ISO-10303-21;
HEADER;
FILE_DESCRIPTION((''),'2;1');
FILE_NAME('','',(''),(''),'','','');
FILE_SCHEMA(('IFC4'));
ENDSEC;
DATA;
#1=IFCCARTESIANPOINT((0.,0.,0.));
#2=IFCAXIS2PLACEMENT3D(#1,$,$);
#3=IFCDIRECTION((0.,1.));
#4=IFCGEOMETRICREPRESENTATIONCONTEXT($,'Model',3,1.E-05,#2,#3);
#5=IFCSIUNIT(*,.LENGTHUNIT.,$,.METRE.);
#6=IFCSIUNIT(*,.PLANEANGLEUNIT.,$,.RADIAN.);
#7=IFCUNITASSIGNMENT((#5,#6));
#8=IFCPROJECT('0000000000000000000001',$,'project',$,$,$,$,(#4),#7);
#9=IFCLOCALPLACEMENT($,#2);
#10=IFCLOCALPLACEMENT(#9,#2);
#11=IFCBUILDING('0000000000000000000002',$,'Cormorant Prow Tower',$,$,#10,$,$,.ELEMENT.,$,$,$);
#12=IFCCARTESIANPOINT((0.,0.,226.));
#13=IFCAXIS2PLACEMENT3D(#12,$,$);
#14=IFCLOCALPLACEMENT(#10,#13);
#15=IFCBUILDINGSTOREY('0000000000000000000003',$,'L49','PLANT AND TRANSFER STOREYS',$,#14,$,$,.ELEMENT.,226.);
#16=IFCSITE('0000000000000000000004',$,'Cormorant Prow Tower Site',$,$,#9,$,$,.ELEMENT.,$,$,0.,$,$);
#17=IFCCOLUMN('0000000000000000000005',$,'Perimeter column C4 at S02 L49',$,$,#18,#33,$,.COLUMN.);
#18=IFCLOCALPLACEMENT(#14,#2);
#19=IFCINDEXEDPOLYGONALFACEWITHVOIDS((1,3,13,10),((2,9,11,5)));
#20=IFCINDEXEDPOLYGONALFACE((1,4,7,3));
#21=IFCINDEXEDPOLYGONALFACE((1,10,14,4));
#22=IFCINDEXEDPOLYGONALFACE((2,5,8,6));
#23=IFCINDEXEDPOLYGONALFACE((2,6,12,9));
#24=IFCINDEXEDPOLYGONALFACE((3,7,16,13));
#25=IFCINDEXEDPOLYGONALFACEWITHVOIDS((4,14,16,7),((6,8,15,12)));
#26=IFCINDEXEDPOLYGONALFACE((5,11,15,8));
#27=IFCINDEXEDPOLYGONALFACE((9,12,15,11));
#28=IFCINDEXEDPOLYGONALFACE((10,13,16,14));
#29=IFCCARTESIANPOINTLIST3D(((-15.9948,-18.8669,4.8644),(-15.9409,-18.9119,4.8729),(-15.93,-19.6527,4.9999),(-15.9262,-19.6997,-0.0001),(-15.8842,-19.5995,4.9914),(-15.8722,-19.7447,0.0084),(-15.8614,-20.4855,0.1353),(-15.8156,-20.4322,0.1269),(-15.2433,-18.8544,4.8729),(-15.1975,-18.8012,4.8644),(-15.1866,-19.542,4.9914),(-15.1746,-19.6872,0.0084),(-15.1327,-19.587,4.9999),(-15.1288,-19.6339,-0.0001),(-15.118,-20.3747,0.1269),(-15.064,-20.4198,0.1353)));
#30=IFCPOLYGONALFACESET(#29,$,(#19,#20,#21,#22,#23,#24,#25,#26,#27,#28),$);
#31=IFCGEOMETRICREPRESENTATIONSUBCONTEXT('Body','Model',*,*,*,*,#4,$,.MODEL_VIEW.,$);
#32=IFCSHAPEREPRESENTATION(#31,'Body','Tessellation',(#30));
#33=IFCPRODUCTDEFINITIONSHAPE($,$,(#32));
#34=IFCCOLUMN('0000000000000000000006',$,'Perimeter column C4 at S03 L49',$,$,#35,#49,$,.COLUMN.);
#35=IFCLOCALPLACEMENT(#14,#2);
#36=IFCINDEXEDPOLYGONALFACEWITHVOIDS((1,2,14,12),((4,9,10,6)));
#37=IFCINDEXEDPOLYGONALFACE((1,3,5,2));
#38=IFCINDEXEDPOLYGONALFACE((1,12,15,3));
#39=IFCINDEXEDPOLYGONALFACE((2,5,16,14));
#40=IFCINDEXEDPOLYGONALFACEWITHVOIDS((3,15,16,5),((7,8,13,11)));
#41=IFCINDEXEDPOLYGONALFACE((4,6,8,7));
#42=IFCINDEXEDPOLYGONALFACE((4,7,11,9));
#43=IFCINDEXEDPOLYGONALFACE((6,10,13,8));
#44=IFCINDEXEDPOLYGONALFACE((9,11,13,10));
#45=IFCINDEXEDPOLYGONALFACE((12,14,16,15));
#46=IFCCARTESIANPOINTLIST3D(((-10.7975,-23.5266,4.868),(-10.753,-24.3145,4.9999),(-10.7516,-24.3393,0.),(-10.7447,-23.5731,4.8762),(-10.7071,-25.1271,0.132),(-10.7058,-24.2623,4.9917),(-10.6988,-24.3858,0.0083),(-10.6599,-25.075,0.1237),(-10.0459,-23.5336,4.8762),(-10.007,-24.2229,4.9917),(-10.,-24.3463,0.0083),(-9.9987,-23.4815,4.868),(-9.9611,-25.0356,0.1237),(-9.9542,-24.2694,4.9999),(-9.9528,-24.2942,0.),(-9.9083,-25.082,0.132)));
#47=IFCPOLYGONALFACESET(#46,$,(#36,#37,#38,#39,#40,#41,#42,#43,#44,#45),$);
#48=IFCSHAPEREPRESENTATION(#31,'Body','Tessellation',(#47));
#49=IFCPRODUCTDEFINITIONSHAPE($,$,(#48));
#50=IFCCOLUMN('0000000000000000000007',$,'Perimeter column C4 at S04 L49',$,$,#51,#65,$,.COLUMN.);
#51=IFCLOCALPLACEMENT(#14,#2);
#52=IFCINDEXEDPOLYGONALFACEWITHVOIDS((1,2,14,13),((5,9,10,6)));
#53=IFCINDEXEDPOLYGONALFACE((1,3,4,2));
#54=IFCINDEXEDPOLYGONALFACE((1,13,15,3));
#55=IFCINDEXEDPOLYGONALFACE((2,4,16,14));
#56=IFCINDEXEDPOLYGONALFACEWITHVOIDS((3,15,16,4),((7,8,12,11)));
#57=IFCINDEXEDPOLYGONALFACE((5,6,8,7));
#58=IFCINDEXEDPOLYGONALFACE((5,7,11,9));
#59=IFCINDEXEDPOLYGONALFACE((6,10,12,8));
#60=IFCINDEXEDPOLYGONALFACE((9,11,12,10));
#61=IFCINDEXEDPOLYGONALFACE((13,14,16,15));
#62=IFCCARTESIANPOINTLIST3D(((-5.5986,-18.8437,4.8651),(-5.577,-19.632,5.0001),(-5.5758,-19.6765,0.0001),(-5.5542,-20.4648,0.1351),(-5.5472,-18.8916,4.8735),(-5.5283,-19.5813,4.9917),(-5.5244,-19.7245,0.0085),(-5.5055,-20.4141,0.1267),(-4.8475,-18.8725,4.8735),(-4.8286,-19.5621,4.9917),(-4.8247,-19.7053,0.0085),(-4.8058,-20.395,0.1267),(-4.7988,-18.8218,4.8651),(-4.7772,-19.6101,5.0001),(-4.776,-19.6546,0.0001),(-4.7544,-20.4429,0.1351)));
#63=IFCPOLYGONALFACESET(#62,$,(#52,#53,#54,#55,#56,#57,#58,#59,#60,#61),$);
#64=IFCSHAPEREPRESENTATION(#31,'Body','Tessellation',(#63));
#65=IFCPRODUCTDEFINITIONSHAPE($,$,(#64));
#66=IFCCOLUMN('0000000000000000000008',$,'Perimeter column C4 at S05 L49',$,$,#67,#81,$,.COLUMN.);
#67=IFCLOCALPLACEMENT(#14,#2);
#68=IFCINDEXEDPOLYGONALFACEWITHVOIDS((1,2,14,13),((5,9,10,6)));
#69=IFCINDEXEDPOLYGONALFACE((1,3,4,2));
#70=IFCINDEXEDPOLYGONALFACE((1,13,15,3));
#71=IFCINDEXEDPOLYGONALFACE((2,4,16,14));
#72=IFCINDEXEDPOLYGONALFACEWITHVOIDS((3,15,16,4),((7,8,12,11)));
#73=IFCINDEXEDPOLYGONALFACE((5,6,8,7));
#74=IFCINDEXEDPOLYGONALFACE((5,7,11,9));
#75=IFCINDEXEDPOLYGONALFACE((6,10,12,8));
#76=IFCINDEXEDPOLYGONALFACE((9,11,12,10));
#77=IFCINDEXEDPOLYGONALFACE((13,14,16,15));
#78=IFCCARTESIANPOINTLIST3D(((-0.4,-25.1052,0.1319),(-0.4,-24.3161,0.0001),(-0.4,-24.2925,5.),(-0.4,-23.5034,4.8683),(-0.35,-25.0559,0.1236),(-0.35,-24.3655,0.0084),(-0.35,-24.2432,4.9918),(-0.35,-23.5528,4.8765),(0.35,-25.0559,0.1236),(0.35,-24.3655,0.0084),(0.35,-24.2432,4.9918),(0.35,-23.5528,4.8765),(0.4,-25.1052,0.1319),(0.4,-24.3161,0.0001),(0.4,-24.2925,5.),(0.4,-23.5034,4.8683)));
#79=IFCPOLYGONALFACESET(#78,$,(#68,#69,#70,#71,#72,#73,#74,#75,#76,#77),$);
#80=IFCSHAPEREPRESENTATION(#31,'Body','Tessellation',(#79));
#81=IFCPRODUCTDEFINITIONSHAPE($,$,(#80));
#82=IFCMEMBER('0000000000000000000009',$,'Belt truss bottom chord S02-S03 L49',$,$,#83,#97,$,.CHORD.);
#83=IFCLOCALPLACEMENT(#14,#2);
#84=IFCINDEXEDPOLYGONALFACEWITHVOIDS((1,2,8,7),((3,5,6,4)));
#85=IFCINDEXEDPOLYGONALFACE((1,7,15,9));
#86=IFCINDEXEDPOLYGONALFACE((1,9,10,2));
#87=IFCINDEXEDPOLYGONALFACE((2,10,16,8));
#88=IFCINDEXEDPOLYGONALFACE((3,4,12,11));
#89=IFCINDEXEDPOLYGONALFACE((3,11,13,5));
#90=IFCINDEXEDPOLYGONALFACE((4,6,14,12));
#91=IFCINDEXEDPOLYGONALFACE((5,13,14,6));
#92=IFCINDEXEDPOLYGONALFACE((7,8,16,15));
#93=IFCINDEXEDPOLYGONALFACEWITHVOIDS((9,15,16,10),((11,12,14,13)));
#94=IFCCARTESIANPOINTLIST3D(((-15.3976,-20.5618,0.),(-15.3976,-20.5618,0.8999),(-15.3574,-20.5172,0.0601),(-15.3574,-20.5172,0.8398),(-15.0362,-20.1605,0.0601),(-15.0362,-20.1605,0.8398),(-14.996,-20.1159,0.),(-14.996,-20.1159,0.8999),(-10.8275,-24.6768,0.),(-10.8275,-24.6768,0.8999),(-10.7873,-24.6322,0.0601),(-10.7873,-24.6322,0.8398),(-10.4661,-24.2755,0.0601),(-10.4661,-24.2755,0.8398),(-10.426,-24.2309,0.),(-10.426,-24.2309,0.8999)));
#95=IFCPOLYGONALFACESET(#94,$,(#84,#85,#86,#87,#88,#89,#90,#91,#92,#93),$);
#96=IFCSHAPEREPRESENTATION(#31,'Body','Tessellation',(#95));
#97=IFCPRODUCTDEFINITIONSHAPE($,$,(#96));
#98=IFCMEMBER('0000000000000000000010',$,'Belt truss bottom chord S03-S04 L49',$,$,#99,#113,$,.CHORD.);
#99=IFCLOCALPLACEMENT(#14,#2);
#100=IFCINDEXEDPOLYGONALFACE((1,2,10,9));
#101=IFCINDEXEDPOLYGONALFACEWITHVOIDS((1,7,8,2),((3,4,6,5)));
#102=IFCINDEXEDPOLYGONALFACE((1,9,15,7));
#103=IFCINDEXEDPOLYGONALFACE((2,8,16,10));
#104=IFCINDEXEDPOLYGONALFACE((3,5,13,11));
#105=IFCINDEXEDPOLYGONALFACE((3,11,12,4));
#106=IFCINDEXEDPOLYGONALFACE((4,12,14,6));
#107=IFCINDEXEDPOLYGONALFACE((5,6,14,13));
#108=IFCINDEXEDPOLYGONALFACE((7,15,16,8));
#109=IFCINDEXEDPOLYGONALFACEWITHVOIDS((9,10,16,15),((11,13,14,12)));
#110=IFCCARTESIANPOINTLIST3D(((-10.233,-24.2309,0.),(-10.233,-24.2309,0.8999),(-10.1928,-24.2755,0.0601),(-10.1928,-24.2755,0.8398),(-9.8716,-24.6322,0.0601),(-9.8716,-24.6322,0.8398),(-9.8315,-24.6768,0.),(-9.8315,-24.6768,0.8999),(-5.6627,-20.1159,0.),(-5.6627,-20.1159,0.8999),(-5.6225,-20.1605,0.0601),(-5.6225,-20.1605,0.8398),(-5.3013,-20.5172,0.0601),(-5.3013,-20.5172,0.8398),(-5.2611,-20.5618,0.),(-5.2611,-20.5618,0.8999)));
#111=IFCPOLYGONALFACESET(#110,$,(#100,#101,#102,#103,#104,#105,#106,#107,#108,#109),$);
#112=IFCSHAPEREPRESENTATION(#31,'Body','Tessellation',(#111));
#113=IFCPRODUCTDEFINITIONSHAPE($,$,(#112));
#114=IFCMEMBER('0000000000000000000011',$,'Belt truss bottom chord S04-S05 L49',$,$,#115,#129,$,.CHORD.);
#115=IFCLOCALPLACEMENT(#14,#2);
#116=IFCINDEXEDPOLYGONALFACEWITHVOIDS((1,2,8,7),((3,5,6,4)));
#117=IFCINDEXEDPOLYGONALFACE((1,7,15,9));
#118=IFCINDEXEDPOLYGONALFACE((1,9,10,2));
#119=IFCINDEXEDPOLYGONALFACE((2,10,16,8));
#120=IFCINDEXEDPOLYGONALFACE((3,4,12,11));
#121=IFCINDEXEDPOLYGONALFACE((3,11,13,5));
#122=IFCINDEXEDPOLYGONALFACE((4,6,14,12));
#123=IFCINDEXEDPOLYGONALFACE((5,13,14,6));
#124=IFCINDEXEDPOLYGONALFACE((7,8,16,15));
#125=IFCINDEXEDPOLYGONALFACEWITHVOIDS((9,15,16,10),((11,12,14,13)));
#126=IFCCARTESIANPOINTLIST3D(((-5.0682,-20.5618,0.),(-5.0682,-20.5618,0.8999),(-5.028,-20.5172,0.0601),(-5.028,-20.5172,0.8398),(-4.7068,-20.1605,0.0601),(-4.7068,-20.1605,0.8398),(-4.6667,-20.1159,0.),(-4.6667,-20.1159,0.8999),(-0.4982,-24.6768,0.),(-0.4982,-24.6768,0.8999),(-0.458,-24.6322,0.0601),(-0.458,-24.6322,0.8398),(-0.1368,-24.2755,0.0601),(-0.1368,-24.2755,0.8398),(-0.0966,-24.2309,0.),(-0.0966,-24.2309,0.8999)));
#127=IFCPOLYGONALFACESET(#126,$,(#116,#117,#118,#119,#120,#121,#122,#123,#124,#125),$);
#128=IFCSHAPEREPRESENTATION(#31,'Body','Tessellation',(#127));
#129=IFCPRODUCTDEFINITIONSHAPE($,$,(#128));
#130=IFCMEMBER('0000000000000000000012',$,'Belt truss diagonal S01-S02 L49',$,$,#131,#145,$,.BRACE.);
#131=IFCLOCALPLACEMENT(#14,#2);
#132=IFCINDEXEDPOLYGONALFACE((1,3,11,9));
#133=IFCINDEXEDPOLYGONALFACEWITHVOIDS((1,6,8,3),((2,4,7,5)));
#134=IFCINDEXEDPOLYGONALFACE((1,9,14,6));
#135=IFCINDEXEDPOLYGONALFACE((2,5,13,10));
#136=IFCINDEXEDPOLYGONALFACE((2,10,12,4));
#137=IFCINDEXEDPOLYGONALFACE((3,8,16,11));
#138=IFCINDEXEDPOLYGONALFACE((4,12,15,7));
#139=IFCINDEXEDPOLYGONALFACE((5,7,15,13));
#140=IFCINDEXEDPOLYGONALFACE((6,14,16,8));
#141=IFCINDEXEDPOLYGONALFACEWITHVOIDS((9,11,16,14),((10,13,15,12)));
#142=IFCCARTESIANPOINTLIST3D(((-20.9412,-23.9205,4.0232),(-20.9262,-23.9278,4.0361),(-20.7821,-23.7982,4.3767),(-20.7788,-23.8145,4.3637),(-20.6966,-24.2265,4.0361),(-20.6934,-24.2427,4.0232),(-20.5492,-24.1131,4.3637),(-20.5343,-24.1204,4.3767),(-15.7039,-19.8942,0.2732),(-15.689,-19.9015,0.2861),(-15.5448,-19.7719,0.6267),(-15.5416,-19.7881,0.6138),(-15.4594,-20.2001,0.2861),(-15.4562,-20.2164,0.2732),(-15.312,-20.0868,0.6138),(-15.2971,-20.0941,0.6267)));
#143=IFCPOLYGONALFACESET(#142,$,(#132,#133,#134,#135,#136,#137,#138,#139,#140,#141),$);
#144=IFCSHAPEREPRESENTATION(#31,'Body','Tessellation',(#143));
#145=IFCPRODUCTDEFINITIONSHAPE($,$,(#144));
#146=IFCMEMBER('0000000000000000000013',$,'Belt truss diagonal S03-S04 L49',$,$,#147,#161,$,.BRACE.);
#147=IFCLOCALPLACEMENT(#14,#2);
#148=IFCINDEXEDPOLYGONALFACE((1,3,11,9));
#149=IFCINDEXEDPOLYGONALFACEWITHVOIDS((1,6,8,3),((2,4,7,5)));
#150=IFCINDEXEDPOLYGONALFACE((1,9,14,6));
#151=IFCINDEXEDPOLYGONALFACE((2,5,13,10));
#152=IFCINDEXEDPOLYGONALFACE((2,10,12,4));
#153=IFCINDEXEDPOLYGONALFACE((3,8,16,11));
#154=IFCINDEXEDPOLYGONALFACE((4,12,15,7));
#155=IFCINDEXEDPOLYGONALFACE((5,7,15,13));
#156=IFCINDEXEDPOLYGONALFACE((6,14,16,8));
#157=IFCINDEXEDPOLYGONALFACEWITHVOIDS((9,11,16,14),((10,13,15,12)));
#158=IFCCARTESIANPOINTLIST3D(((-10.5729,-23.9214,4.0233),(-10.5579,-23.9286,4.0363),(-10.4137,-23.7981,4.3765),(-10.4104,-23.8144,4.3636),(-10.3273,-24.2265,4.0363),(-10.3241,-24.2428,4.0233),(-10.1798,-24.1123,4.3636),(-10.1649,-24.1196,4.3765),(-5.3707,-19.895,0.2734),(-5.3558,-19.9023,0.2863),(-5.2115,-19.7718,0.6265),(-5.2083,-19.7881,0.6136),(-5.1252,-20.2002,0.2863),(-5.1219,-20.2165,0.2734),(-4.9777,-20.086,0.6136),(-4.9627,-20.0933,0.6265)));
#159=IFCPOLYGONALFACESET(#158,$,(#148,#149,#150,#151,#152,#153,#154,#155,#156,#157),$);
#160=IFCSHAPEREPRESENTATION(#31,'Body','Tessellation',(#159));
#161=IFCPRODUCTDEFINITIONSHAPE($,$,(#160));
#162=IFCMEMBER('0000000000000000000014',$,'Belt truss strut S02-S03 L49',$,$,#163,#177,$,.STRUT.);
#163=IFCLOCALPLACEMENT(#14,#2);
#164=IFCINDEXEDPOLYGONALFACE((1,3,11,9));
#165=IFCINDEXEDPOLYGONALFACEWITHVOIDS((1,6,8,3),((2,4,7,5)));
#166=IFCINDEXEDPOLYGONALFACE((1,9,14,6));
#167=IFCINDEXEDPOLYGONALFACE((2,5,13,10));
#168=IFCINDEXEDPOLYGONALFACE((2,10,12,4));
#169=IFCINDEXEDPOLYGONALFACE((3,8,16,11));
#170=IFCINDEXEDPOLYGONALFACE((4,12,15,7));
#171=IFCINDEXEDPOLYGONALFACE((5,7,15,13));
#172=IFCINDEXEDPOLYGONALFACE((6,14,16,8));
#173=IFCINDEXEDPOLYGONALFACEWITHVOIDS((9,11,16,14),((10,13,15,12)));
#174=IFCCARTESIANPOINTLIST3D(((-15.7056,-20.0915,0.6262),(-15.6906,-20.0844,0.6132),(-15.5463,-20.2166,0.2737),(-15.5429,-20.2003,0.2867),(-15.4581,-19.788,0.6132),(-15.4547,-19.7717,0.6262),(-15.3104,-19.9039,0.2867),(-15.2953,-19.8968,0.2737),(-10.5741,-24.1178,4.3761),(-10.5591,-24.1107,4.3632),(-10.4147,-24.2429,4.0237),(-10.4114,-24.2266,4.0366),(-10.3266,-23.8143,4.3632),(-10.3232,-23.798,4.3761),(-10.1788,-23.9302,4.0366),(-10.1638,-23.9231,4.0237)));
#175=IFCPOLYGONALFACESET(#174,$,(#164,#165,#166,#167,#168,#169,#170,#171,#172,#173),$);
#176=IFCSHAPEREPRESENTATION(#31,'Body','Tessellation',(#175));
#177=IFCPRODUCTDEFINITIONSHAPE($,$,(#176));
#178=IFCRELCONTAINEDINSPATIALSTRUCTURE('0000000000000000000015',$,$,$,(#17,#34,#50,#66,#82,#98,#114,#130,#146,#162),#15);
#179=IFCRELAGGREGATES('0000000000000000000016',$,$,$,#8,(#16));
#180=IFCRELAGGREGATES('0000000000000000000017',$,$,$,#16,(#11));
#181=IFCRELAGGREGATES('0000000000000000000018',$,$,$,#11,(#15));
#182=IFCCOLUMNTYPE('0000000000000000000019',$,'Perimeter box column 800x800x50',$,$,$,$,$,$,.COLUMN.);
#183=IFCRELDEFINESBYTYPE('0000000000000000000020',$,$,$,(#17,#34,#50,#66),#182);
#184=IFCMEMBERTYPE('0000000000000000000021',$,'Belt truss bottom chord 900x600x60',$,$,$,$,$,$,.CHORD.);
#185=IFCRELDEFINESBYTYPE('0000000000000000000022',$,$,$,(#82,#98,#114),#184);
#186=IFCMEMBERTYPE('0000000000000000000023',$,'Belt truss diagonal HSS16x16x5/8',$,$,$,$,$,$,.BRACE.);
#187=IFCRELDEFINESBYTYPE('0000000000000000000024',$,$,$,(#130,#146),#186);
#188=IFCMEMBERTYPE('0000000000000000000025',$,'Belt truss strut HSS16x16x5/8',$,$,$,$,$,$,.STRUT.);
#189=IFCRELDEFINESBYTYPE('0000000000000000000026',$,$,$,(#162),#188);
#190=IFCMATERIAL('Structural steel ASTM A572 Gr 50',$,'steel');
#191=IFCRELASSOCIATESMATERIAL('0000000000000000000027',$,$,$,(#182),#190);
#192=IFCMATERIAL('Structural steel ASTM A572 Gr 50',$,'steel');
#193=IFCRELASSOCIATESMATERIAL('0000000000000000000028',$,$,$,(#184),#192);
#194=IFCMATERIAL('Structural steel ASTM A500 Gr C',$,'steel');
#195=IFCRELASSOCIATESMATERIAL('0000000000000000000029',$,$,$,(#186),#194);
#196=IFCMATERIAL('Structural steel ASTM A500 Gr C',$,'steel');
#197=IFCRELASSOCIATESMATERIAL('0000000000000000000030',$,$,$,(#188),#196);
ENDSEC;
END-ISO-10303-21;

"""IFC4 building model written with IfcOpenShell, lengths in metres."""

from ifc_helpers import new_model, si_unit, direction, frame, origin, origin_2d, place, context, subcontext, project, spatial, hollow_rectangle, extrude, material, material_profile, profile_set, type_object, element, save


model = new_model("IFC4")

# Units and contexts
model_context = context("Model", 3, precision=1e-05, world=origin(), true_north=direction((0.0, 1.0)))
body_context = subcontext(model_context, "Body", "Model", "MODEL_VIEW")
ifc_project = project(units=[si_unit("LENGTHUNIT", "METRE"), si_unit("PLANEANGLEUNIT", "RADIAN")], contexts=[model_context])

# Site, building, storey
site_placement = place(None, origin())
site = spatial("IfcSite", under=ifc_project, at=site_placement, Name="Cormorant Prow Tower Site", CompositionType="ELEMENT", RefElevation=0.0)
building_placement = place(site_placement, origin())
building = spatial("IfcBuilding", under=site, at=building_placement, Name="Cormorant Prow Tower", CompositionType="ELEMENT")
storey_placement = place(building_placement, frame((0.0, 0.0, 226.0)))
storey = spatial("IfcBuildingStorey", under=building, at=storey_placement, Name="L49", Description="PLANT AND TRANSFER STOREYS", CompositionType="ELEMENT", Elevation=226.0)

# Columns
ifc_material_1 = material(Name="Structural steel ASTM A572 Gr 50", Category="steel")
ifc_material_profile_1 = material_profile(ifc_material_1, hollow_rectangle(XDim=0.8, YDim=0.8, WallThickness=0.05, at=origin_2d()), Name="Box 800x800x50")
ifc_profile_set_1 = profile_set([ifc_material_profile_1], Name="Structural steel ASTM A572 Gr 50")
column_type = type_object("IfcColumnType", Name="Perimeter box column 800x800x50", PredefinedType="COLUMN", material=ifc_profile_set_1)
column_1_placement = place(storey_placement, frame((-15.4941, -20.0713, 0.0), z_axis=(-0.013908, 0.16872, 0.985566), x_axis=(-0.99662, -0.082151, 0.0)))
element("IfcColumn", 1, at=column_1_placement, inside=storey, type_object=column_type, Name="Perimeter column C4 at S02 L49", PredefinedType="COLUMN", context=body_context, shape_type="SweptSolid", body=[
    extrude(hollow_rectangle(XDim=0.8, YDim=0.8, WallThickness=0.05, at=origin_2d()), frame((0.0, 0.0, 0.0686)), (0.0, 0.0, 1.0), 4.9358),
])
column_2_placement = place(storey_placement, frame((-10.3293, -24.7217, 0.0), z_axis=(-0.009295, 0.164657, 0.986307), x_axis=(-0.998411, -0.05636, 0.0)))
element("IfcColumn", 2, at=column_2_placement, inside=storey, type_object=column_type, Name="Perimeter column C4 at S03 L49", PredefinedType="COLUMN", context=body_context, shape_type="SweptSolid", body=[
    extrude(hollow_rectangle(XDim=0.8, YDim=0.8, WallThickness=0.05, at=origin_2d()), frame((0.0, 0.0, 0.0669)), (0.0, 0.0, 1.0), 4.9355),
])
column_3_placement = place(storey_placement, frame((-5.1648, -20.0713, 0.0), z_axis=(-0.00462, 0.168735, 0.985651), x_axis=(-0.999625, -0.027371, 0.0)))
element("IfcColumn", 3, at=column_3_placement, inside=storey, type_object=column_type, Name="Perimeter column C4 at S04 L49", PredefinedType="COLUMN", context=body_context, shape_type="SweptSolid", body=[
    extrude(hollow_rectangle(XDim=0.8, YDim=0.8, WallThickness=0.05, at=origin_2d()), frame((0.0, 0.0, 0.0686)), (0.0, 0.0, 1.0), 4.9358),
])
column_4_placement = place(storey_placement, frame((0.0, -24.7217, 0.0), z_axis=(0.0, 0.164665, 0.98635), x_axis=(-1.0, 0.0, 0.0)))
element("IfcColumn", 4, at=column_4_placement, inside=storey, type_object=column_type, Name="Perimeter column C4 at S05 L49", PredefinedType="COLUMN", context=body_context, shape_type="SweptSolid", body=[
    extrude(hollow_rectangle(XDim=0.8, YDim=0.8, WallThickness=0.05, at=origin_2d()), frame((0.0, 0.0, 0.0669)), (0.0, 0.0, 1.0), 4.9355),
])

# Members
ifc_material_2 = material(Name="Structural steel ASTM A572 Gr 50", Category="steel")
ifc_material_profile_2 = material_profile(ifc_material_2, hollow_rectangle(XDim=0.6001, YDim=0.8999, WallThickness=0.0601, at=origin_2d()), Name="Box 900x600x60")
ifc_profile_set_2 = profile_set([ifc_material_profile_2], Name="Structural steel ASTM A572 Gr 50")
member_type_1 = type_object("IfcMemberType", Name="Belt truss bottom chord 900x600x60", PredefinedType="CHORD", material=ifc_profile_set_2)
member_1_placement = place(storey_placement, frame((-15.1968, -20.3389, 0.45), z_axis=(0.743138, -0.669138, 0.0), x_axis=(0.669138, 0.743138, 0.0)))
element("IfcMember", 5, at=member_1_placement, inside=storey, type_object=member_type_1, Name="Belt truss bottom chord S02-S03 L49", PredefinedType="CHORD", context=body_context, shape_type="SweptSolid", body=[
    extrude(hollow_rectangle(XDim=0.6001, YDim=0.8999, WallThickness=0.0601, at=origin_2d()), origin(), (0.0, 0.0, 1.0), 6.1497),
])
member_2_placement = place(storey_placement, frame((-10.0322, -24.4539, 0.45), z_axis=(0.743156, 0.669118, 0.0), x_axis=(-0.669118, 0.743156, 0.0)))
element("IfcMember", 6, at=member_2_placement, inside=storey, type_object=member_type_1, Name="Belt truss bottom chord S03-S04 L49", PredefinedType="CHORD", context=body_context, shape_type="SweptSolid", body=[
    extrude(hollow_rectangle(XDim=0.6001, YDim=0.8999, WallThickness=0.0601, at=origin_2d()), origin(), (0.0, 0.0, 1.0), 6.1499),
])
member_3_placement = place(storey_placement, frame((-4.8674, -20.3389, 0.45), z_axis=(0.743138, -0.669138, 0.0), x_axis=(0.669138, 0.743138, 0.0)))
element("IfcMember", 7, at=member_3_placement, inside=storey, type_object=member_type_1, Name="Belt truss bottom chord S04-S05 L49", PredefinedType="CHORD", context=body_context, shape_type="SweptSolid", body=[
    extrude(hollow_rectangle(XDim=0.6001, YDim=0.8999, WallThickness=0.0601, at=origin_2d()), origin(), (0.0, 0.0, 1.0), 6.1497),
])
ifc_material_3 = material(Name="Structural steel ASTM A500 Gr C", Category="steel")
ifc_material_profile_3 = material_profile(ifc_material_3, hollow_rectangle(XDim=0.4065, YDim=0.4065, WallThickness=0.0149, at=origin_2d()), Name="HSS16x16x5/8")
ifc_profile_set_3 = profile_set([ifc_material_profile_3], Name="Structural steel ASTM A500 Gr C")
member_type_2 = type_object("IfcMemberType", Name="Belt truss diagonal HSS16x16x5/8", PredefinedType="BRACE", material=ifc_profile_set_3)
member_4_placement = place(storey_placement, frame((-15.5005, -19.9941, 0.45), z_axis=(-0.689456, -0.530044, 0.493663), x_axis=(0.609489, -0.792794, 0.0)))
element("IfcMember", 8, at=member_4_placement, inside=storey, type_object=member_type_2, Name="Belt truss diagonal S01-S02 L49", PredefinedType="BRACE", context=body_context, shape_type="SweptSolid", body=[
    extrude(hollow_rectangle(XDim=0.4065, YDim=0.4065, WallThickness=0.0149, at=origin_2d()), origin(), (0.0, 0.0, 1.0), 7.5962),
])
member_5_placement = place(storey_placement, frame((-5.1667, -19.9941, 0.45), z_axis=(-0.687017, -0.531738, 0.49524), x_axis=(0.612068, -0.790805, 0.0)))
element("IfcMember", 9, at=member_5_placement, inside=storey, type_object=member_type_2, Name="Belt truss diagonal S03-S04 L49", PredefinedType="BRACE", context=body_context, shape_type="SweptSolid", body=[
    extrude(hollow_rectangle(XDim=0.4065, YDim=0.4065, WallThickness=0.0149, at=origin_2d()), origin(), (0.0, 0.0, 1.0), 7.572),
])
ifc_material_4 = material(Name="Structural steel ASTM A500 Gr C", Category="steel")
ifc_material_profile_4 = material_profile(ifc_material_4, hollow_rectangle(XDim=0.4065, YDim=0.4065, WallThickness=0.0149, at=origin_2d()), Name="HSS16x16x5/8")
ifc_profile_set_4 = profile_set([ifc_material_profile_4], Name="Structural steel ASTM A500 Gr C")
member_type_3 = type_object("IfcMemberType", Name="Belt truss strut HSS16x16x5/8", PredefinedType="STRUT", material=ifc_profile_set_4)
member_6_placement = place(storey_placement, frame((-15.5005, -19.9941, 0.45), z_axis=(0.682049, -0.535152, 0.498419), x_axis=(0.617291, 0.786735, 0.0)))
element("IfcMember", 10, at=member_6_placement, inside=storey, type_object=member_type_3, Name="Belt truss strut S02-S03 L49", PredefinedType="STRUT", context=body_context, shape_type="SweptSolid", body=[
    extrude(hollow_rectangle(XDim=0.4065, YDim=0.4065, WallThickness=0.0149, at=origin_2d()), origin(), (0.0, 0.0, 1.0), 7.5237),
])

save(model, "model.ifc")
